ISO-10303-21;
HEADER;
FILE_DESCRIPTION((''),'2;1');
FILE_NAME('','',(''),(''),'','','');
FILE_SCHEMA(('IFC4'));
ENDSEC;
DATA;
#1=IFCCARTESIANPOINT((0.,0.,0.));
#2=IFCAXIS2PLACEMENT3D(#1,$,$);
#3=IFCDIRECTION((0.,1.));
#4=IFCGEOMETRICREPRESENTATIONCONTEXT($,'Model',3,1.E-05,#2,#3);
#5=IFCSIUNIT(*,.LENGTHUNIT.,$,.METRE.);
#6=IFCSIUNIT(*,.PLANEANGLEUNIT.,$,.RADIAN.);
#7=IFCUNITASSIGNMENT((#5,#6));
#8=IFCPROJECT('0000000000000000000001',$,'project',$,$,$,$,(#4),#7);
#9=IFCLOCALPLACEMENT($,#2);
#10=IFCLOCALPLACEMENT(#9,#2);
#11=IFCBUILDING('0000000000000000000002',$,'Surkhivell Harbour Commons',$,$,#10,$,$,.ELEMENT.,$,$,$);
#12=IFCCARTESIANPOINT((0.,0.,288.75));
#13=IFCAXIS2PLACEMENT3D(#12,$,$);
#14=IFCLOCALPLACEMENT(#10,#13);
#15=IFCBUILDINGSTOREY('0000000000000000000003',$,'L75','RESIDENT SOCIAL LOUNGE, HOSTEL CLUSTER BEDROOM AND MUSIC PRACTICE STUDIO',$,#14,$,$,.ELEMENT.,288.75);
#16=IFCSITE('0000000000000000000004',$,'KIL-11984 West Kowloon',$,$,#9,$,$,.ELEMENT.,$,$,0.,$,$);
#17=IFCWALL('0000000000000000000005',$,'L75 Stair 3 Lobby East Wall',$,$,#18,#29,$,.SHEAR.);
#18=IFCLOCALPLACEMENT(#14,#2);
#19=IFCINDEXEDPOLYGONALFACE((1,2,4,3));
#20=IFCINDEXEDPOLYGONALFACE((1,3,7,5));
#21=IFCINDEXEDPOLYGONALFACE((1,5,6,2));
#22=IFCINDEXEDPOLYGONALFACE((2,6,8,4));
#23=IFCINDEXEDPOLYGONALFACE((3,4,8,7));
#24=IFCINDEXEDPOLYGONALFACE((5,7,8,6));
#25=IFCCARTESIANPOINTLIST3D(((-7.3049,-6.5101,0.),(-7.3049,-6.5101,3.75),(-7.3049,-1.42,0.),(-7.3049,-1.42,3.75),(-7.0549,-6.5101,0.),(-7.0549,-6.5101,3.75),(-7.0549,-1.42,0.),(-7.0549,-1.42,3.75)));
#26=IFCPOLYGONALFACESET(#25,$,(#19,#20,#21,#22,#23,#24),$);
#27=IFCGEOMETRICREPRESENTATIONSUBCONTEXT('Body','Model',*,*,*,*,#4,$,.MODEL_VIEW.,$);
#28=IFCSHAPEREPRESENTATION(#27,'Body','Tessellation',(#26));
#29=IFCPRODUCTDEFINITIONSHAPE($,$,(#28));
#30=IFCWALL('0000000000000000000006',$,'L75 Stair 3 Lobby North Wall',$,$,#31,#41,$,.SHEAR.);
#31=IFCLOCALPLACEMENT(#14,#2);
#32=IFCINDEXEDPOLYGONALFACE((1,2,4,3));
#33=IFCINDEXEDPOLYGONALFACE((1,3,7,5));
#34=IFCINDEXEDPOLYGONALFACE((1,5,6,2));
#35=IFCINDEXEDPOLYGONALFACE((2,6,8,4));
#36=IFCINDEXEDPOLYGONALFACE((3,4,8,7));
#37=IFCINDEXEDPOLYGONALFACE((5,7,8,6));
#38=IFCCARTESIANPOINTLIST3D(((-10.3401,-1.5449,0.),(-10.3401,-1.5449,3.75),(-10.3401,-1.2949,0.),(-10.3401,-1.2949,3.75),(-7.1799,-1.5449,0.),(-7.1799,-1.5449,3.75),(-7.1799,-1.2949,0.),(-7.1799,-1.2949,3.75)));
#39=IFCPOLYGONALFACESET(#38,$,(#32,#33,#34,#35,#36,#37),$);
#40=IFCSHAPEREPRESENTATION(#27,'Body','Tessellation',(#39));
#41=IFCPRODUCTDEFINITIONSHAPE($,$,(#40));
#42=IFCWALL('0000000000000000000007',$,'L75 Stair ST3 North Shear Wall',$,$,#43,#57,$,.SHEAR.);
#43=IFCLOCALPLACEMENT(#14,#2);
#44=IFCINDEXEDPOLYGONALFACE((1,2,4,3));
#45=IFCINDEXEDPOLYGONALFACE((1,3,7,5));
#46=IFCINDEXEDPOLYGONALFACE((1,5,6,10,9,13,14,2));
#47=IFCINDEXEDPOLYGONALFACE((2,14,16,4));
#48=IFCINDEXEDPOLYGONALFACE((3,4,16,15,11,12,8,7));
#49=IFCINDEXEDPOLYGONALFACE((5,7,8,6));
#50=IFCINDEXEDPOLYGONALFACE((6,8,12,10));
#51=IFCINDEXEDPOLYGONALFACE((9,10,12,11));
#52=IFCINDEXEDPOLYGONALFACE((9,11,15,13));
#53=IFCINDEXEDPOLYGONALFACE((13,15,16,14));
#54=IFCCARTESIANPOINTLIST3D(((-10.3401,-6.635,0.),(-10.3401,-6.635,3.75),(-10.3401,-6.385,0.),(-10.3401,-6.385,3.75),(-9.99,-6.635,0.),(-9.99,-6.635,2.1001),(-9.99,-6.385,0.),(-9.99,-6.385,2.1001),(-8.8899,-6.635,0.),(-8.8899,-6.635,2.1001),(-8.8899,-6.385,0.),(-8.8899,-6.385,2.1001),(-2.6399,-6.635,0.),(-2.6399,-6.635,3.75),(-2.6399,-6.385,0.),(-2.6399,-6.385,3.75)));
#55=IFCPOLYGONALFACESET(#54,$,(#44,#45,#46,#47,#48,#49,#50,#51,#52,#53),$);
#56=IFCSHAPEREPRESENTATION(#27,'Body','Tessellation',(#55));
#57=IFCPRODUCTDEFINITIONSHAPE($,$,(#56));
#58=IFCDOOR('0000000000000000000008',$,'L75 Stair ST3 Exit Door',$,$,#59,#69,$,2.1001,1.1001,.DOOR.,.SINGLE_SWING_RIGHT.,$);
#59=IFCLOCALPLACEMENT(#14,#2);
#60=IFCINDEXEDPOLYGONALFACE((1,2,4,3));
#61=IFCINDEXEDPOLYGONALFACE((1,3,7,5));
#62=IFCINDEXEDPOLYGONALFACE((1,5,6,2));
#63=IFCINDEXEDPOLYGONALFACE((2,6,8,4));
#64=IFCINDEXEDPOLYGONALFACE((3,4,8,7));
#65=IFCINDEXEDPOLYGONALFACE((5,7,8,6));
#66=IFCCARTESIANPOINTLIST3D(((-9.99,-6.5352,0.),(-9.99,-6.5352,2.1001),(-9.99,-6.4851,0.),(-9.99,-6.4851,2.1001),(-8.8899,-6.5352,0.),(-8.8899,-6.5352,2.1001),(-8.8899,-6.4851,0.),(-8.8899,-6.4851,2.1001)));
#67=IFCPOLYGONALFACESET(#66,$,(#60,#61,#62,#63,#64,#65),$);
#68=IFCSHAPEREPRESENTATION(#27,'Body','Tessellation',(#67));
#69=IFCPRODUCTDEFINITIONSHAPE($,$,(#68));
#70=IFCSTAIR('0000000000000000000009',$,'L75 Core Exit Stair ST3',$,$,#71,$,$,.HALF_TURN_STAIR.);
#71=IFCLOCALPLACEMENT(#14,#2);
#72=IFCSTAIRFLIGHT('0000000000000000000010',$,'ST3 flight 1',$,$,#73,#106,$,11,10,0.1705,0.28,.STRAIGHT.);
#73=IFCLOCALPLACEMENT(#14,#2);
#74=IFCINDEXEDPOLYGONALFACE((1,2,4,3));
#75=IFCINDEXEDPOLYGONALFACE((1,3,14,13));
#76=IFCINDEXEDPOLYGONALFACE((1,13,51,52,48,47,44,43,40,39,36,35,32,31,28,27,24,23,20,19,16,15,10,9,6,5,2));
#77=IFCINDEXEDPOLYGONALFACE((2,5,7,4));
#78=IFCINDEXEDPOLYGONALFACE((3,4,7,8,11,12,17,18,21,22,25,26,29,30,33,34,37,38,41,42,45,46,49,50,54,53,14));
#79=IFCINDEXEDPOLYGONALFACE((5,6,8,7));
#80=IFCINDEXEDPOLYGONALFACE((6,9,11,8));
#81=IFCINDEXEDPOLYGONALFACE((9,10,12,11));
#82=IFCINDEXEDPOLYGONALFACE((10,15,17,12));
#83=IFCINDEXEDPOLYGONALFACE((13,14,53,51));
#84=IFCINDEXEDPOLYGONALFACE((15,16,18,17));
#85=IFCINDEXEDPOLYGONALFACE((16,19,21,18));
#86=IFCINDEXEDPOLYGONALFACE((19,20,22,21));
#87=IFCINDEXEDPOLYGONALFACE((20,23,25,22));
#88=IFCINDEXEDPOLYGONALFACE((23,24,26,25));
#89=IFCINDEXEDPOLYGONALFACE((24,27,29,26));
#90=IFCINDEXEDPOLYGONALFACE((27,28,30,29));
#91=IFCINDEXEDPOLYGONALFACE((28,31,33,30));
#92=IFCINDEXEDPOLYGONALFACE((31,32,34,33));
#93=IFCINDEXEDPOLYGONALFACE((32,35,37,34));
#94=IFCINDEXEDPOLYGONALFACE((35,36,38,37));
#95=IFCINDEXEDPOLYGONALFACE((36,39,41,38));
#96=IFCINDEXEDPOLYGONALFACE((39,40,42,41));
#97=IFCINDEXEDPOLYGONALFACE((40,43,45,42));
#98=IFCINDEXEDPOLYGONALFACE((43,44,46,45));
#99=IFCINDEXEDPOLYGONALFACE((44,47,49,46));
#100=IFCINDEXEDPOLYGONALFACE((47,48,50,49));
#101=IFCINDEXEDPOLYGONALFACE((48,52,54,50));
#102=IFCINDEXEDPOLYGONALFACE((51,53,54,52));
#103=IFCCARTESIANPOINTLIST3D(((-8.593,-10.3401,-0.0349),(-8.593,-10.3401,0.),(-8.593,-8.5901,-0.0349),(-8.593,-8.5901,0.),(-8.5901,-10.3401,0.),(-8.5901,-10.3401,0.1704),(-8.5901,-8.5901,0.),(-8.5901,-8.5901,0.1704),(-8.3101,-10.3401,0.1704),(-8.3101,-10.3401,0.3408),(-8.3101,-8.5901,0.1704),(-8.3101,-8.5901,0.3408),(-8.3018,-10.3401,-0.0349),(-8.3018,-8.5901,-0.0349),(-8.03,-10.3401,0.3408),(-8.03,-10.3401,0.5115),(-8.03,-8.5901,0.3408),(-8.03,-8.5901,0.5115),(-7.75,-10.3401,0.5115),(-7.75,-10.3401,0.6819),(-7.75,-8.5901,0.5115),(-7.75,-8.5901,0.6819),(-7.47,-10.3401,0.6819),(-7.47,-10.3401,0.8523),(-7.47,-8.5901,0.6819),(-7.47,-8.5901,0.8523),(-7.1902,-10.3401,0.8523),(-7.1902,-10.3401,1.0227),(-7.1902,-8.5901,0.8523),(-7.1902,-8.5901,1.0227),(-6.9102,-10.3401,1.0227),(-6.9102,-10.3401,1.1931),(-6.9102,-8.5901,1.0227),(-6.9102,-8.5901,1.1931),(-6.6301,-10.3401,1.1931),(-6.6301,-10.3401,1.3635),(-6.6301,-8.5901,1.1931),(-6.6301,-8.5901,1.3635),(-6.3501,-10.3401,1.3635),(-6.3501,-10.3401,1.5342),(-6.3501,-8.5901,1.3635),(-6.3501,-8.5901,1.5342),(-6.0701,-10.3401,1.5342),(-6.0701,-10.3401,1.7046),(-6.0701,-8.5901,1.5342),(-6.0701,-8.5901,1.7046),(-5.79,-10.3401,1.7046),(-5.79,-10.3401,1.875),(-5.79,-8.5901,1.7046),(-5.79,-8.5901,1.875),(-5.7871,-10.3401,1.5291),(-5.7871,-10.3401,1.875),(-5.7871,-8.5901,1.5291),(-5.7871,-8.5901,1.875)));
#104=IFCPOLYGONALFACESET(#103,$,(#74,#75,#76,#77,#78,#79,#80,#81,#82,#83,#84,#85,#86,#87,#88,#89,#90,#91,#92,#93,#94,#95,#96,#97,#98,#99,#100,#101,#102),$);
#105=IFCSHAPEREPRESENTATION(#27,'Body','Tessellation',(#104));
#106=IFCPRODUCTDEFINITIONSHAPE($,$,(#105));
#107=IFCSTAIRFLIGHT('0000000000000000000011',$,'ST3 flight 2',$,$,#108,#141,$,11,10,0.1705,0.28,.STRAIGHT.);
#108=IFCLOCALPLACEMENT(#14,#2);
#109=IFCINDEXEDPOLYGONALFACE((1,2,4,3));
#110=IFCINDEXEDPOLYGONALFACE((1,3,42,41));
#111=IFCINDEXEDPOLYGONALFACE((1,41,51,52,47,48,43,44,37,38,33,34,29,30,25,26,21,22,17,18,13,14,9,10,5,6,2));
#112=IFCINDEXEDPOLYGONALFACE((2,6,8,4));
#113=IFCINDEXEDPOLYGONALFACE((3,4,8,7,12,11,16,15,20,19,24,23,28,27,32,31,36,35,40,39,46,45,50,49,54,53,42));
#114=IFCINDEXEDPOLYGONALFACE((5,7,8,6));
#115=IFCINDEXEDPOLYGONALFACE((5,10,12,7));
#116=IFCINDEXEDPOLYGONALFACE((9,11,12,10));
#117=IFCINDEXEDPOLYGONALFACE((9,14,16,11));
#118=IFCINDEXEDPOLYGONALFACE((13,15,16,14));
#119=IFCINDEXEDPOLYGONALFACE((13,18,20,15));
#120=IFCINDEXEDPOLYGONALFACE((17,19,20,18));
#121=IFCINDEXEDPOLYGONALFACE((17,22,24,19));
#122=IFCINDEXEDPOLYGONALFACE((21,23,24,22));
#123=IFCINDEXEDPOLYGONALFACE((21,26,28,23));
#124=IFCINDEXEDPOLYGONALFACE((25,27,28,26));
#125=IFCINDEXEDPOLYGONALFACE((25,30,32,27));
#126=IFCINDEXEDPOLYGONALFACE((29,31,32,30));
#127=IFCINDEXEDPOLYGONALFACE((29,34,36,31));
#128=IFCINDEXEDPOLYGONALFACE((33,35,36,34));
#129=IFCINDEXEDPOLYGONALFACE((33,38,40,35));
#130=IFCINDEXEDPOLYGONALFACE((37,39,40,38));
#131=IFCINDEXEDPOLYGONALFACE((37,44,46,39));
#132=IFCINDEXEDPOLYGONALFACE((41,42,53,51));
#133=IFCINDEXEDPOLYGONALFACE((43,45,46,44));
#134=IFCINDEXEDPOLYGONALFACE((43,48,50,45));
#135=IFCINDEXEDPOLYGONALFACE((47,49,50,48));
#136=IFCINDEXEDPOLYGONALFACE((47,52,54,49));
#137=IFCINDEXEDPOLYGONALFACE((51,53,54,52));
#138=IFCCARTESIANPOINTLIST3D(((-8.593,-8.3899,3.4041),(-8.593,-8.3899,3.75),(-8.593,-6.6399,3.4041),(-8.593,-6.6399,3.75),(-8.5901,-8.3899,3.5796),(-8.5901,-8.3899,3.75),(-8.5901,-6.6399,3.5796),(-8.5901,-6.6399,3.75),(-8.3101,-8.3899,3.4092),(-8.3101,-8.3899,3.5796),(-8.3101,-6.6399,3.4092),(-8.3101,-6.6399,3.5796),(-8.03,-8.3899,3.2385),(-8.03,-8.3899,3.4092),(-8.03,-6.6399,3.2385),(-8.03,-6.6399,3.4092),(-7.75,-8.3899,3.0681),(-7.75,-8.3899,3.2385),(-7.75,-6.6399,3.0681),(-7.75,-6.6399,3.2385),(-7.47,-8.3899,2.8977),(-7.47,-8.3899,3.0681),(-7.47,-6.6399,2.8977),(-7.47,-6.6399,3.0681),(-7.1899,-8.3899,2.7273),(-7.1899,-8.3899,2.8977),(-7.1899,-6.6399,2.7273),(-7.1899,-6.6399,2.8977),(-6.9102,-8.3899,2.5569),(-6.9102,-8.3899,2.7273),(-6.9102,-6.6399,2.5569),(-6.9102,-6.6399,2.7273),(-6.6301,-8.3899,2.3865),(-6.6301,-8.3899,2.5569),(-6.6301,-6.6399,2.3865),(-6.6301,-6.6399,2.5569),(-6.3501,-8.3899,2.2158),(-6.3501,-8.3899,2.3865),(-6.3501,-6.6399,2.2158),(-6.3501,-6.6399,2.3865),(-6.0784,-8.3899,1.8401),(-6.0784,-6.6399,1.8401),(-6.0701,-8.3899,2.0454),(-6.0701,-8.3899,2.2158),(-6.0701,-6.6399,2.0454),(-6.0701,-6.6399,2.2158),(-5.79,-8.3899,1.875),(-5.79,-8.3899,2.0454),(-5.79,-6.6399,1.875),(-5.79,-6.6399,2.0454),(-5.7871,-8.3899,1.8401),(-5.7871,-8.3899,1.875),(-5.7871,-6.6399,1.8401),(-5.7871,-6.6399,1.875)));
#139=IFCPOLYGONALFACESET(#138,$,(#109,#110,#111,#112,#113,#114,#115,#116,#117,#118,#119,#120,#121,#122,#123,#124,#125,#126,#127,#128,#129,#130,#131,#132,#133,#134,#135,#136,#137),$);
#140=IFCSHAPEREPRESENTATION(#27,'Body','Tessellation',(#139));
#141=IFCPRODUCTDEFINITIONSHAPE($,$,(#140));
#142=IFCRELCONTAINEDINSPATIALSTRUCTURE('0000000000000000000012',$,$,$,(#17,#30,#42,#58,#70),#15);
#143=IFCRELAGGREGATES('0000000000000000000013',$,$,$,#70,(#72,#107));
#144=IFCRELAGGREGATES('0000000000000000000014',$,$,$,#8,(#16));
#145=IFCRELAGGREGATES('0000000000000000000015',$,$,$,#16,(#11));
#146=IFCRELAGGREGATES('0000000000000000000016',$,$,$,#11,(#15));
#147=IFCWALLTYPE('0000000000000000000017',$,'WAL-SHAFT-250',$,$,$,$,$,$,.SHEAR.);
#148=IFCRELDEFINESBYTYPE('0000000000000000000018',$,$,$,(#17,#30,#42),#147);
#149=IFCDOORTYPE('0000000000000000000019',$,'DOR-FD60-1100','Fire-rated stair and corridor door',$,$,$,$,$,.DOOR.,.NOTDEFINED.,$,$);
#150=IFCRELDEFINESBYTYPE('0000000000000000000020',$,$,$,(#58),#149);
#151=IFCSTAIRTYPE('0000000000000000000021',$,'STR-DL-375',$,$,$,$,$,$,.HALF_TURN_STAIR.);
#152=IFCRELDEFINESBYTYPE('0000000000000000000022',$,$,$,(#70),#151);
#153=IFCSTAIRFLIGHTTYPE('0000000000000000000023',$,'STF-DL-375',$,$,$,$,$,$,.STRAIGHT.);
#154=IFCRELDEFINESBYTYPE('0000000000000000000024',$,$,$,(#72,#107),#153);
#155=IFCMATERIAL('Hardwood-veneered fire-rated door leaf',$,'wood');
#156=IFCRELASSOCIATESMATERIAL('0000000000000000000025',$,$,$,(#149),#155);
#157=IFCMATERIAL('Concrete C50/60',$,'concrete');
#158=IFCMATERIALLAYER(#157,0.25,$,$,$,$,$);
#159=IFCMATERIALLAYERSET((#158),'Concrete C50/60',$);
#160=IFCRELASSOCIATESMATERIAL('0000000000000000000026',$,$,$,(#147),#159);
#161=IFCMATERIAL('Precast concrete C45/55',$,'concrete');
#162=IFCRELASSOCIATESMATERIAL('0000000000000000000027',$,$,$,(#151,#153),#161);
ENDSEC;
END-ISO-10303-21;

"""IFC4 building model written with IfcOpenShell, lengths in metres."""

from ifc_helpers import new_model, si_unit, direction, frame, frame_2d, origin, place, context, subcontext, project, spatial, polyline, rectangle, outline, extrude, material, layer, layer_set, type_object, element, fill, aggregate, save


model = new_model("IFC4")

# Units and contexts
model_context = context("Model", 3, precision=1e-05, world=origin(), true_north=direction((0.0, 1.0)))
body_context = subcontext(model_context, "Body", "Model", "MODEL_VIEW")
ifc_project = project(units=[si_unit("LENGTHUNIT", "METRE"), si_unit("PLANEANGLEUNIT", "RADIAN")], contexts=[model_context])

# Site, building, storey
site_placement = place(None, origin())
site = spatial("IfcSite", under=ifc_project, at=site_placement, Name="KIL-11984 West Kowloon", CompositionType="ELEMENT", RefElevation=0.0)
building_placement = place(site_placement, origin())
building = spatial("IfcBuilding", under=site, at=building_placement, Name="Surkhivell Harbour Commons", CompositionType="ELEMENT")
storey_placement = place(building_placement, frame((0.0, 0.0, 288.75)))
storey = spatial("IfcBuildingStorey", under=building, at=storey_placement, Name="L75", Description="RESIDENT SOCIAL LOUNGE, HOSTEL CLUSTER BEDROOM AND MUSIC PRACTICE STUDIO", CompositionType="ELEMENT", Elevation=288.75)

# Shared definitions
ifc_material_1 = material(Name="Concrete C50/60", Category="concrete")

# Shared definitions
ifc_material_2 = material(Name="Hardwood-veneered fire-rated door leaf", Category="wood")
door_type_1 = type_object("IfcDoorType", Name="DOR-FD60-1100", Description="Fire-rated stair and corridor door", OperationType="NOTDEFINED", PredefinedType="DOOR", material=ifc_material_2)

# Walls
ifc_layer_1 = layer(ifc_material_1, 0.25)
ifc_layer_set_1 = layer_set([ifc_layer_1], Name="Concrete C50/60")
wall_type_1 = type_object("IfcWallType", Name="WAL-SHAFT-250", PredefinedType="SHEAR", material=ifc_layer_set_1)
wall_1_placement = place(storey_placement, frame((-7.1799, -6.51, 0.0), z_axis=(0.0, 0.0, 1.0), x_axis=(0.0, 1.0, 0.0)))
element("IfcWall", 1, at=wall_1_placement, inside=storey, type_object=wall_type_1, Name="L75 Stair 3 Lobby East Wall", PredefinedType="SHEAR", context=body_context, shape_type="SweptSolid", body=[
    extrude(rectangle(XDim=5.0901, YDim=0.25, at=frame_2d((2.5449, 0.0))), origin(), (0.0, 0.0, 1.0), 3.75),
])
wall_2_placement = place(storey_placement, frame((-10.3401, -1.4199, 0.0), z_axis=(0.0, 0.0, 1.0), x_axis=(1.0, 0.0, 0.0)))
element("IfcWall", 2, at=wall_2_placement, inside=storey, type_object=wall_type_1, Name="L75 Stair 3 Lobby North Wall", PredefinedType="SHEAR", context=body_context, shape_type="SweptSolid", body=[
    extrude(rectangle(XDim=3.1602, YDim=0.25, at=frame_2d((1.5801, 0.0))), origin(), (0.0, 0.0, 1.0), 3.75),
])

# Wall, opening, door
wall_3_placement = place(storey_placement, frame((-10.3401, -6.51, 0.0), z_axis=(0.0, 0.0, 1.0), x_axis=(1.0, 0.0, 0.0)))
wall_3 = element("IfcWall", 3, at=wall_3_placement, inside=storey, type_object=wall_type_1, Name="L75 Stair ST3 North Shear Wall", PredefinedType="SHEAR", context=body_context, shape_type="SweptSolid", body=[
    extrude(rectangle(XDim=7.7002, YDim=0.25, at=frame_2d((3.8501, 0.0))), origin(), (0.0, 0.0, 1.0), 3.75),
])
opening_1_placement = place(wall_3_placement, frame((0.3501, 0.0, 0.0)))
opening_1 = element("IfcOpeningElement", 4, at=opening_1_placement, cuts=wall_3, PredefinedType="OPENING", context=body_context, shape_type="SweptSolid", body=[
    extrude(rectangle(XDim=1.1001, YDim=2.1001, at=frame_2d((0.55, 1.05))), frame((0.0, 0.135, 0.0), z_axis=(0.0, -1.0, 0.0), x_axis=(1.0, 0.0, 0.0)), (0.0, 0.0, 1.0), 0.27),
])
door_1_placement = place(opening_1_placement, origin())
door_1 = element("IfcDoor", 5, at=door_1_placement, inside=storey, type_object=door_type_1, Name="L75 Stair ST3 Exit Door", OperationType="SINGLE_SWING_RIGHT", OverallHeight=2.1001, OverallWidth=1.1001, PredefinedType="DOOR", context=body_context, shape_type="SweptSolid", body=[
    extrude(rectangle(XDim=1.1001, YDim=2.1001, at=frame_2d((0.55, 1.05))), frame((0.0, 0.0249, 0.0), z_axis=(0.0, -1.0, 0.0), x_axis=(1.0, 0.0, 0.0)), (0.0, 0.0, 1.0), 0.05),
])
fill(opening_1, door_1)

# Stair, stair flights
ifc_material_3 = material(Name="Precast concrete C45/55", Category="concrete")
stair_type = type_object("IfcStairType", Name="STR-DL-375", PredefinedType="HALF_TURN_STAIR", material=ifc_material_3)
stair_placement = place(storey_placement, origin())
stair = element("IfcStair", 6, at=stair_placement, inside=storey, type_object=stair_type, Name="L75 Core Exit Stair ST3", PredefinedType="HALF_TURN_STAIR")
stair_flight_type = type_object("IfcStairFlightType", Name="STF-DL-375", PredefinedType="STRAIGHT", material=ifc_material_3)
stair_flight_1_placement = place(storey_placement, frame((-8.5901, -9.4651, 0.0), z_axis=(0.0, 0.0, 1.0), x_axis=(1.0, 0.0, 0.0)))
stair_flight_1 = element("IfcStairFlight", 7, at=stair_flight_1_placement, type_object=stair_flight_type, Name="ST3 flight 1", NumberOfRisers=11, NumberOfTreads=10, PredefinedType="STRAIGHT", RiserHeight=0.1705, TreadLength=0.28, context=body_context, shape_type="SweptSolid", body=[
    extrude(outline(polyline([(-0.0029, -0.0349), (-0.0029, 0.0), (0.0, 0.0), (0.0, 0.1704), (0.28, 0.1704), (0.28, 0.3408), (0.5601, 0.3408), (0.5601, 0.5115), (0.8401, 0.5115), (0.8401, 0.6819), (1.1201, 0.6819), (1.1201, 0.8523), (1.3999, 0.8523), (1.3999, 1.0227), (1.6799, 1.0227), (1.6799, 1.1931), (1.96, 1.1931), (1.96, 1.3635), (2.24, 1.3635), (2.24, 1.5342), (2.52, 1.5342), (2.52, 1.7046), (2.8, 1.7046), (2.8, 1.875), (2.803, 1.875), (2.803, 1.5291), (0.2883, -0.0349), (-0.0029, -0.0349)])), frame((0.0, 0.875, 0.0), z_axis=(0.0, -1.0, 0.0), x_axis=(1.0, 0.0, 0.0)), (0.0, 0.0, 1.0), 1.75),
])
stair_flight_2_placement = place(storey_placement, frame((-5.79, -7.5149, 1.875), z_axis=(0.0, 0.0, 1.0), x_axis=(-1.0, 0.0, 0.0)))
stair_flight_2 = element("IfcStairFlight", 8, at=stair_flight_2_placement, type_object=stair_flight_type, Name="ST3 flight 2", NumberOfRisers=11, NumberOfTreads=10, PredefinedType="STRAIGHT", RiserHeight=0.1705, TreadLength=0.28, context=body_context, shape_type="SweptSolid", body=[
    extrude(outline(polyline([(-0.0029, -0.0349), (-0.0029, 0.0), (0.0, 0.0), (0.0, 0.1704), (0.28, 0.1704), (0.28, 0.3408), (0.5601, 0.3408), (0.5601, 0.5115), (0.8401, 0.5115), (0.8401, 0.6819), (1.1201, 0.6819), (1.1201, 0.8523), (1.3999, 0.8523), (1.3999, 1.0227), (1.6799, 1.0227), (1.6799, 1.1931), (1.96, 1.1931), (1.96, 1.3635), (2.24, 1.3635), (2.24, 1.5342), (2.52, 1.5342), (2.52, 1.7046), (2.8, 1.7046), (2.8, 1.875), (2.803, 1.875), (2.803, 1.5291), (0.2883, -0.0349), (-0.0029, -0.0349)])), frame((0.0, 0.875, 0.0), z_axis=(0.0, -1.0, 0.0), x_axis=(1.0, 0.0, 0.0)), (0.0, 0.0, 1.0), 1.75),
])
aggregate(stair, [stair_flight_1, stair_flight_2])

save(model, "model.ifc")
